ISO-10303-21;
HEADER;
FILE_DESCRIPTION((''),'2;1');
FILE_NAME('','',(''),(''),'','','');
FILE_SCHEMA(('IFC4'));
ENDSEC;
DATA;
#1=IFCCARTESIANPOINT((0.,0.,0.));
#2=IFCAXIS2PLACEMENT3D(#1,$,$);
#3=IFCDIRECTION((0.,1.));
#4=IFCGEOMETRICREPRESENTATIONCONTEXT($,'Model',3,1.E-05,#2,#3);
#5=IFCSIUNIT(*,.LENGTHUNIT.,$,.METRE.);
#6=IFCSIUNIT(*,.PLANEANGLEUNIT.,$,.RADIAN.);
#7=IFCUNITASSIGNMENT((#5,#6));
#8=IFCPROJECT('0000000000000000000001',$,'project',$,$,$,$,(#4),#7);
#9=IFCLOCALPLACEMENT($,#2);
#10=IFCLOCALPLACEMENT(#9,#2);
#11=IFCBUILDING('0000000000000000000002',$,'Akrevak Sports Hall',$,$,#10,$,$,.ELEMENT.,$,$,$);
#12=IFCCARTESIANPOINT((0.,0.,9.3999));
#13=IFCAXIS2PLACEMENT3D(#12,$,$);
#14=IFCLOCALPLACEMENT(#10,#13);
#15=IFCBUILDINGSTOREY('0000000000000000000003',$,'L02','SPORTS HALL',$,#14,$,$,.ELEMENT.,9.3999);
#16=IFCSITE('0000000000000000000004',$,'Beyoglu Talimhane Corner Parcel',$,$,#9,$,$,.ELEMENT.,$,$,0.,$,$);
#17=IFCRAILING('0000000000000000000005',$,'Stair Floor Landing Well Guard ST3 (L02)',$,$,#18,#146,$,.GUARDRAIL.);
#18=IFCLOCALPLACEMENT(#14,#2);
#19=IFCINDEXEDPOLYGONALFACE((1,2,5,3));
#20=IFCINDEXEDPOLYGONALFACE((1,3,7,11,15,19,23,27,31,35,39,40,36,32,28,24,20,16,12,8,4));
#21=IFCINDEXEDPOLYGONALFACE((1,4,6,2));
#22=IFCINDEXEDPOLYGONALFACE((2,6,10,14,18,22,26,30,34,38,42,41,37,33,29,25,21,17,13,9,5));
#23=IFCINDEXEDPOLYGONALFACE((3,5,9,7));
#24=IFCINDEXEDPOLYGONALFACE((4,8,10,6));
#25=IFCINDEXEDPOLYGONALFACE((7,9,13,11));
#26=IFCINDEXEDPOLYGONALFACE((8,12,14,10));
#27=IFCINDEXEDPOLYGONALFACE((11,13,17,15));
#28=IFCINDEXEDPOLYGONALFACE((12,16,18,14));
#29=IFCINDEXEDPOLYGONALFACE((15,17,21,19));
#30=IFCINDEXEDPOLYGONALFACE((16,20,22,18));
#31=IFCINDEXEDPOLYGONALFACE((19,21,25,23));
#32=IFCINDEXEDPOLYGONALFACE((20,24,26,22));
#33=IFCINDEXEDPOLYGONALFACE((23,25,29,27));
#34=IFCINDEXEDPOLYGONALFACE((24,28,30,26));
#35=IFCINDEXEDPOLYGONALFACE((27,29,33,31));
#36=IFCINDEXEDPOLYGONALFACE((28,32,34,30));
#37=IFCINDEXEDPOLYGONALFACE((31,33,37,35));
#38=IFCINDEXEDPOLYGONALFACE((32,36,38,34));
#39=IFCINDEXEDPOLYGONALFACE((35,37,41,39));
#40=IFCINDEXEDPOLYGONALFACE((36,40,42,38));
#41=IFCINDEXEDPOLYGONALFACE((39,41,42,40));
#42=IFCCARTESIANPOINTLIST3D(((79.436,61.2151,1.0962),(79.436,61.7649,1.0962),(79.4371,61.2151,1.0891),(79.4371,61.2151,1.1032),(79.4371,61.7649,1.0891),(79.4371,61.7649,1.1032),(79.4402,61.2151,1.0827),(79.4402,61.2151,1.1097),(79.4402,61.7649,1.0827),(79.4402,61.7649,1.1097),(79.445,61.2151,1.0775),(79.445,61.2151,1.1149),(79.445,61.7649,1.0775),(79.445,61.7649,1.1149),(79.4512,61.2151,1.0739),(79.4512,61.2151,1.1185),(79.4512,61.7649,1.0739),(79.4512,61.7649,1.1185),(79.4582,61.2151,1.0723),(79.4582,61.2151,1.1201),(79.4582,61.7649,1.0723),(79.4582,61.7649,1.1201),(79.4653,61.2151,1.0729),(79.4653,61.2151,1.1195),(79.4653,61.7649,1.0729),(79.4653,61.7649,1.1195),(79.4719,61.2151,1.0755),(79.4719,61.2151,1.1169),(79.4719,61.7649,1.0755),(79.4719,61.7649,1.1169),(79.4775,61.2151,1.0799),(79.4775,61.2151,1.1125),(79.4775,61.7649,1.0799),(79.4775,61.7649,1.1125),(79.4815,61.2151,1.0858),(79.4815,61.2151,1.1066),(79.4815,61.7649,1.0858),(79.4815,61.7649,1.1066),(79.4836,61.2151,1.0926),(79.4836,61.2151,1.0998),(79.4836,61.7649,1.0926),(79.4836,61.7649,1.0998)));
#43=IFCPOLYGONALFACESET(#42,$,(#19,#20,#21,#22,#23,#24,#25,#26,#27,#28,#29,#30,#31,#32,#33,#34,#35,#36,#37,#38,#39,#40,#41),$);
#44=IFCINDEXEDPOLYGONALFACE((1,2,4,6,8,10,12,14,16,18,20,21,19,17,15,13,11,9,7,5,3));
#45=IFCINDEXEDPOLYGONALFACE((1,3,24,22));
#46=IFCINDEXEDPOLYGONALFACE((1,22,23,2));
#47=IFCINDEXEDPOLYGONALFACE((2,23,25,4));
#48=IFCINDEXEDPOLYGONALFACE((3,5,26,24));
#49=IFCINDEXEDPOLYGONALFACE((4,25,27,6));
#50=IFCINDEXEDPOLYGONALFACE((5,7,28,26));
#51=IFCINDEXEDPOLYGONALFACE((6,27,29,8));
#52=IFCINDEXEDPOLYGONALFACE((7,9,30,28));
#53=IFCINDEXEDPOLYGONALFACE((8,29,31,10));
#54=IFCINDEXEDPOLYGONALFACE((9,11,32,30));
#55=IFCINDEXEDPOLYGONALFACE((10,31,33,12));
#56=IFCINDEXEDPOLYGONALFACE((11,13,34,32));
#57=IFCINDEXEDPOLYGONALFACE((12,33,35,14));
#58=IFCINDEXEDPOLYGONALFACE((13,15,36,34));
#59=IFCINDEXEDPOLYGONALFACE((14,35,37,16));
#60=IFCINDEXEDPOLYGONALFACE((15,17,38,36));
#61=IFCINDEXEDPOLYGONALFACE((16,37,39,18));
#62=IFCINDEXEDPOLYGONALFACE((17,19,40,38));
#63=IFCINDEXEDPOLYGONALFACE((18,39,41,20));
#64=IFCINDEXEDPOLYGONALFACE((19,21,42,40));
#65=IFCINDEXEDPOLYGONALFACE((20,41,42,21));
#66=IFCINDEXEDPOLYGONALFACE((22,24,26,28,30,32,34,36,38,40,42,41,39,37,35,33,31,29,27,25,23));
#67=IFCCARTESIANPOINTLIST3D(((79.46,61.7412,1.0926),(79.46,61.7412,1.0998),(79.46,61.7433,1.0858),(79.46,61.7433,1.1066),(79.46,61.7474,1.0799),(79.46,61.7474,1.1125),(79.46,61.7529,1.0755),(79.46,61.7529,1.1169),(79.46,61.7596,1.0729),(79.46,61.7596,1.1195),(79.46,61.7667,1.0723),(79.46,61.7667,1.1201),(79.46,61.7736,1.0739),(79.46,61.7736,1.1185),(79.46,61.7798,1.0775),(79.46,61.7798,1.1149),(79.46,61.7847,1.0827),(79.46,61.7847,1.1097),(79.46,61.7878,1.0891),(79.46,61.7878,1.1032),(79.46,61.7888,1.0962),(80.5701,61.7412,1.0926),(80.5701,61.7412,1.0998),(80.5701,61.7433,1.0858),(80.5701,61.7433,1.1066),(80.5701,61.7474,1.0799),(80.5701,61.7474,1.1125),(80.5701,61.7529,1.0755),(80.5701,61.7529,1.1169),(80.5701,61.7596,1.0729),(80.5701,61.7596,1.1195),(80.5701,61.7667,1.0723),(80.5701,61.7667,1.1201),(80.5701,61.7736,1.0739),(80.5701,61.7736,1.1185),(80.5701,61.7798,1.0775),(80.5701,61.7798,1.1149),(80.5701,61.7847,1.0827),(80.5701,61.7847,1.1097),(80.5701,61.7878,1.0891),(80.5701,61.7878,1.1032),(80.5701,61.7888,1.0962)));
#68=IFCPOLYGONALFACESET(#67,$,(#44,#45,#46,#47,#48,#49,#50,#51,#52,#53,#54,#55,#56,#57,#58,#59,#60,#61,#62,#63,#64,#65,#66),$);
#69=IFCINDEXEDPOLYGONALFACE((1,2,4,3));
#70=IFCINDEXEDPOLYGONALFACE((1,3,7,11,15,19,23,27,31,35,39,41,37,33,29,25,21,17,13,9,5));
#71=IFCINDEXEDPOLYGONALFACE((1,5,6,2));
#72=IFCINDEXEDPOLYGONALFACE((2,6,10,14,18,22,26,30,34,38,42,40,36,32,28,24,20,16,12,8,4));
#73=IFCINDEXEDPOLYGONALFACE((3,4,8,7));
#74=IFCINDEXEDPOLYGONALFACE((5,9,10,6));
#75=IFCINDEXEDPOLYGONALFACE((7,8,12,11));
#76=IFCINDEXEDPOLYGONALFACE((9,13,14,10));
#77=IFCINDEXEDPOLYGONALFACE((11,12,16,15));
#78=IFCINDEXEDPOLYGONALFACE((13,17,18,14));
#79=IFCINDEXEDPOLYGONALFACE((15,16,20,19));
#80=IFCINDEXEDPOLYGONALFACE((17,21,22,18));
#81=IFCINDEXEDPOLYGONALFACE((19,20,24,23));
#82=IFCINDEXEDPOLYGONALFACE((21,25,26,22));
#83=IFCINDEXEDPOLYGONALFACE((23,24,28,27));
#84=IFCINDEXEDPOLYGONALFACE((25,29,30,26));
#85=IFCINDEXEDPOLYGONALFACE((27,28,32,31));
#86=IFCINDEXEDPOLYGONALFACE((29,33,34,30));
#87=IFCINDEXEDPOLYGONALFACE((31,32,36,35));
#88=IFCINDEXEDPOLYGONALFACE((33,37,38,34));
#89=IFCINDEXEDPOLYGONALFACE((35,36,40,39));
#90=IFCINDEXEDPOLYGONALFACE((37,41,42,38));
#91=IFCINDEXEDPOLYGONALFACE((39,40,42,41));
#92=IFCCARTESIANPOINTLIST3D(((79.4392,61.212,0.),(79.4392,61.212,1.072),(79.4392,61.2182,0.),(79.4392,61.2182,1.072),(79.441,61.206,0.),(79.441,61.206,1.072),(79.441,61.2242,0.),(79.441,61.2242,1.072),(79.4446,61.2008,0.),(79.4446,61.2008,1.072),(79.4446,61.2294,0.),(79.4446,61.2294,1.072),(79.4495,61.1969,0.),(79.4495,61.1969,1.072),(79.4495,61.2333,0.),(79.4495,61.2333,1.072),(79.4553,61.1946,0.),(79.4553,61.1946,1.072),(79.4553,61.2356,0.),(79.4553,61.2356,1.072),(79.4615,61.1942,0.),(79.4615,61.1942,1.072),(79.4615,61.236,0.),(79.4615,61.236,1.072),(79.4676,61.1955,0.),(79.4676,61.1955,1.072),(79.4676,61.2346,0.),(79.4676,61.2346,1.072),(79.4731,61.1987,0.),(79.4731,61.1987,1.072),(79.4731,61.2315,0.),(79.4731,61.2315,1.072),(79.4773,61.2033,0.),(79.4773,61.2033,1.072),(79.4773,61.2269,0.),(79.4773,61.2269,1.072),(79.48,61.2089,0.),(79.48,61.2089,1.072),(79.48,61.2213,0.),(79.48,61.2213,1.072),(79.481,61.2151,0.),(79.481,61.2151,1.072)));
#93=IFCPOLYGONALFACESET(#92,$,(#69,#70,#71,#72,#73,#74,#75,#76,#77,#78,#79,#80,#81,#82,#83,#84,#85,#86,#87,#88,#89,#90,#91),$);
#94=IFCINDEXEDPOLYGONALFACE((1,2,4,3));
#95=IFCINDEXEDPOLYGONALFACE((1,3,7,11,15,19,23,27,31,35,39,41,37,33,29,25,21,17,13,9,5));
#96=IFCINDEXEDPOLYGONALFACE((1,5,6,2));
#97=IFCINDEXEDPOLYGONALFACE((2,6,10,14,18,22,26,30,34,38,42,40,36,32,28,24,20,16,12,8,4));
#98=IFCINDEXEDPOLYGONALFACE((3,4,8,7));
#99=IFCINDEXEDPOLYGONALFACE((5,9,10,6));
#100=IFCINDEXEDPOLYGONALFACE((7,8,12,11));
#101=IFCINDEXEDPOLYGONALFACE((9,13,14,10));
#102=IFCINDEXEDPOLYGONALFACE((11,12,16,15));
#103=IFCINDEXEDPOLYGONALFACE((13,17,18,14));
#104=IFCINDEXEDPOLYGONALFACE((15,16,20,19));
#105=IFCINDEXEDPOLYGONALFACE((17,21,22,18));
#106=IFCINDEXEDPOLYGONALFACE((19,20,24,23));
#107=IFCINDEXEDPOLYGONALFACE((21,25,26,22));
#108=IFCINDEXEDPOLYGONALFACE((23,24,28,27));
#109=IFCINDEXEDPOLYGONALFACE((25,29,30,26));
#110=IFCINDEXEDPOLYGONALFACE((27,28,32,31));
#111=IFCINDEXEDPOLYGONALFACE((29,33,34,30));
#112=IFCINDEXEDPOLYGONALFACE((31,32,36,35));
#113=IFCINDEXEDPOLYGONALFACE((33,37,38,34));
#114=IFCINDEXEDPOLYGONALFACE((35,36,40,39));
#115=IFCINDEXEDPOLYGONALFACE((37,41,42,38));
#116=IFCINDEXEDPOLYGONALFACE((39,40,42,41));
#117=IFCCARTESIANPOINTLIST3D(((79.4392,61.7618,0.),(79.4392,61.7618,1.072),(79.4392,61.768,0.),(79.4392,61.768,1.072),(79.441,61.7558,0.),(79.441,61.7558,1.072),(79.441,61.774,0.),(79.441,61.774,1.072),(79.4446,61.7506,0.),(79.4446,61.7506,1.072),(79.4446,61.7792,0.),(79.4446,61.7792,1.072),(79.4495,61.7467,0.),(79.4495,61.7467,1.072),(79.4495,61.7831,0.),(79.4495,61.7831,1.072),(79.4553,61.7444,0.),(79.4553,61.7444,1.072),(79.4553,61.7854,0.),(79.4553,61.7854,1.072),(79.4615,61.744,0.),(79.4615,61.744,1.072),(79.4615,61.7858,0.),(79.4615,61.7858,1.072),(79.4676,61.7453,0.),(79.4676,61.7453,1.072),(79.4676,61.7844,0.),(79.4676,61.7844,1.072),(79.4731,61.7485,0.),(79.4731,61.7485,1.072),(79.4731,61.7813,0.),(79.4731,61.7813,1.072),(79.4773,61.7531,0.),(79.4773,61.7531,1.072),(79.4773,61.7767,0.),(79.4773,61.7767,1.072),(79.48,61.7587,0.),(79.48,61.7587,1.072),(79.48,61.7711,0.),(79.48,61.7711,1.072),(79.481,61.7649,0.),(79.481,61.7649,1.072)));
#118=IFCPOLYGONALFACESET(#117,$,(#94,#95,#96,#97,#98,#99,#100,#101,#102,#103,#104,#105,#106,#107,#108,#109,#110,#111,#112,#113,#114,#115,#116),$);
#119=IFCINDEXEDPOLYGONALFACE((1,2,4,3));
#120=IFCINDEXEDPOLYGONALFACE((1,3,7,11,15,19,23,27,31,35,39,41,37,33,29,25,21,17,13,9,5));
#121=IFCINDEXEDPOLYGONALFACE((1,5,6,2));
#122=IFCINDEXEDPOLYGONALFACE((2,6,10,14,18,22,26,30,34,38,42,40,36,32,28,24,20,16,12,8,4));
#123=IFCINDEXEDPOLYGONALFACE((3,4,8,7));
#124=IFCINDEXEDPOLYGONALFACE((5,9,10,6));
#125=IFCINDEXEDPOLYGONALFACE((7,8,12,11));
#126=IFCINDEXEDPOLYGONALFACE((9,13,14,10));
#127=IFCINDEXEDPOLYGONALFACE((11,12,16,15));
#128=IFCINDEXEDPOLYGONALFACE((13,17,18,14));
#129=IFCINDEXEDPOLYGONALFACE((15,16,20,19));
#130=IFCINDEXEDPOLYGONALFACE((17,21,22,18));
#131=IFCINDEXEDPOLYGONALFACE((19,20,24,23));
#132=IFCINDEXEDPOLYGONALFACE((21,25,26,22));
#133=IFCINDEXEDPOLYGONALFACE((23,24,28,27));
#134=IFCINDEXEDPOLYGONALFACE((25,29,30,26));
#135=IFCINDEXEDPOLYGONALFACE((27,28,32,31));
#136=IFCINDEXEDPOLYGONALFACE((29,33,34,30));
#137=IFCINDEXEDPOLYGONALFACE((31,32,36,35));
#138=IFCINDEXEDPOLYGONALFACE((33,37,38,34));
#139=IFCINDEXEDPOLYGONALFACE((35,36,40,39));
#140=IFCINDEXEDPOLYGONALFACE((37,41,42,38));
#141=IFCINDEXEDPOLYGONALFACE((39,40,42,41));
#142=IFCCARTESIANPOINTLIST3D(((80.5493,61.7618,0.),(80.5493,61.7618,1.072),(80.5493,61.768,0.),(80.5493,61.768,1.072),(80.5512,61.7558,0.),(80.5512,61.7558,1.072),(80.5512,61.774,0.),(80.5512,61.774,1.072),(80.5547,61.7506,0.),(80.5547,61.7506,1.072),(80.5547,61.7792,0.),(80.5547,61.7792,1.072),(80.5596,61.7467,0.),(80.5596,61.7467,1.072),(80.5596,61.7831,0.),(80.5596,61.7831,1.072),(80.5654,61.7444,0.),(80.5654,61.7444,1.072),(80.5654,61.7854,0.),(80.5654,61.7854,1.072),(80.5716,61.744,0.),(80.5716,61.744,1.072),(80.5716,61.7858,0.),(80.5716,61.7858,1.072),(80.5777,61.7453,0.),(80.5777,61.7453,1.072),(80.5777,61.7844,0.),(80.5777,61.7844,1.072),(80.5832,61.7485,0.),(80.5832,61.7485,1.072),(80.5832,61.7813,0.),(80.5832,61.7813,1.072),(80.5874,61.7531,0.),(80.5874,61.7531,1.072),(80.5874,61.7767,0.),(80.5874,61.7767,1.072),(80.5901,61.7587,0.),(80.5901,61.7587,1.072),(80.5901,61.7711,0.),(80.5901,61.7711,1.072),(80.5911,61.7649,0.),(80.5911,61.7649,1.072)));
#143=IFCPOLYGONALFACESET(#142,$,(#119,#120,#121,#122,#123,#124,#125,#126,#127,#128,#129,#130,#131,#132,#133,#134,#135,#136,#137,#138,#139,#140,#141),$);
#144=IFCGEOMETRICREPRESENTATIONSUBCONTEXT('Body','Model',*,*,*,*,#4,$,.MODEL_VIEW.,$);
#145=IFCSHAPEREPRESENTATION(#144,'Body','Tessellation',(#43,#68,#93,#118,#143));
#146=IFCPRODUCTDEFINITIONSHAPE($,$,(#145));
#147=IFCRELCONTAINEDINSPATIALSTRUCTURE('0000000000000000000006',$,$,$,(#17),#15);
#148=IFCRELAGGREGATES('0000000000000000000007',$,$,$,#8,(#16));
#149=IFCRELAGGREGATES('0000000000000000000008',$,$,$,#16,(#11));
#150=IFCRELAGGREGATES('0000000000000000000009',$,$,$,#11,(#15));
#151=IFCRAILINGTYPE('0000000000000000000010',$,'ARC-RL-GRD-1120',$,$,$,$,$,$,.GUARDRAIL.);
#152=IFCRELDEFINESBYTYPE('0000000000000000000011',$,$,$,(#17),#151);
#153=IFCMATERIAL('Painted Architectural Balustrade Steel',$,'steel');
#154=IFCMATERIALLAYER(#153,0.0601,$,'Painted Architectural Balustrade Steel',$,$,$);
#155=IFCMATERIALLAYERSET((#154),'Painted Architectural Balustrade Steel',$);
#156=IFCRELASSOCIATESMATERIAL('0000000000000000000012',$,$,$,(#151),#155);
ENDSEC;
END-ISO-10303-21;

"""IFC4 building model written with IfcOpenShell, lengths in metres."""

from ifc_helpers import new_model, si_unit, direction, frame, origin, origin_2d, place, context, subcontext, project, spatial, circle, extrude, material, layer, layer_set, type_object, element, save


model = new_model("IFC4")

# Units and contexts
model_context = context("Model", 3, precision=1e-05, world=origin(), true_north=direction((0.0, 1.0)))
body_context = subcontext(model_context, "Body", "Model", "MODEL_VIEW")
ifc_project = project(units=[si_unit("LENGTHUNIT", "METRE"), si_unit("PLANEANGLEUNIT", "RADIAN")], contexts=[model_context])

# Site, building, storey
site_placement = place(None, origin())
site = spatial("IfcSite", under=ifc_project, at=site_placement, Name="Beyoglu Talimhane Corner Parcel", CompositionType="ELEMENT", RefElevation=0.0)
building_placement = place(site_placement, origin())
building = spatial("IfcBuilding", under=site, at=building_placement, Name="Akrevak Sports Hall", CompositionType="ELEMENT")
storey_placement = place(building_placement, frame((0.0, 0.0, 9.3999)))
storey = spatial("IfcBuildingStorey", under=building, at=storey_placement, Name="L02", Description="SPORTS HALL", CompositionType="ELEMENT", Elevation=9.3999)

# Railing
ifc_material_1 = material(Name="Painted Architectural Balustrade Steel", Category="steel")
ifc_layer_1 = layer(ifc_material_1, 0.0601, Name="Painted Architectural Balustrade Steel")
ifc_layer_set_1 = layer_set([ifc_layer_1], Name="Painted Architectural Balustrade Steel")
railing_type_1 = type_object("IfcRailingType", Name="ARC-RL-GRD-1120", PredefinedType="GUARDRAIL", material=ifc_layer_set_1)
railing_1_placement = place(storey_placement, frame((79.46, 61.2151, 0.0)))
element("IfcRailing", 1, at=railing_1_placement, inside=storey, type_object=railing_type_1, Name="Stair Floor Landing Well Guard ST3 (L02)", PredefinedType="GUARDRAIL", context=body_context, shape_type="SweptSolid", body=[
    extrude(circle(Radius=0.0239, at=origin_2d()), frame((0.0, 0.0, 1.0962), z_axis=(0.0, 1.0, 0.0), x_axis=(-1.0, 0.0, 0.0)), (0.0, 0.0, 1.0), 0.5498),
    extrude(circle(Radius=0.0239, at=origin_2d()), frame((0.0, 0.5498, 1.0962), z_axis=(1.0, 0.0, 0.0), x_axis=(0.0, 1.0, 0.0)), (0.0, 0.0, 1.0), 1.1101),
    extrude(circle(Radius=0.021, at=origin_2d()), origin(), (0.0, 0.0, 1.0), 1.072),
    extrude(circle(Radius=0.021, at=origin_2d()), frame((0.0, 0.5498, 0.0)), (0.0, 0.0, 1.0), 1.072),
    extrude(circle(Radius=0.021, at=origin_2d()), frame((1.1101, 0.5498, 0.0)), (0.0, 0.0, 1.0), 1.072),
])

save(model, "model.ifc")
